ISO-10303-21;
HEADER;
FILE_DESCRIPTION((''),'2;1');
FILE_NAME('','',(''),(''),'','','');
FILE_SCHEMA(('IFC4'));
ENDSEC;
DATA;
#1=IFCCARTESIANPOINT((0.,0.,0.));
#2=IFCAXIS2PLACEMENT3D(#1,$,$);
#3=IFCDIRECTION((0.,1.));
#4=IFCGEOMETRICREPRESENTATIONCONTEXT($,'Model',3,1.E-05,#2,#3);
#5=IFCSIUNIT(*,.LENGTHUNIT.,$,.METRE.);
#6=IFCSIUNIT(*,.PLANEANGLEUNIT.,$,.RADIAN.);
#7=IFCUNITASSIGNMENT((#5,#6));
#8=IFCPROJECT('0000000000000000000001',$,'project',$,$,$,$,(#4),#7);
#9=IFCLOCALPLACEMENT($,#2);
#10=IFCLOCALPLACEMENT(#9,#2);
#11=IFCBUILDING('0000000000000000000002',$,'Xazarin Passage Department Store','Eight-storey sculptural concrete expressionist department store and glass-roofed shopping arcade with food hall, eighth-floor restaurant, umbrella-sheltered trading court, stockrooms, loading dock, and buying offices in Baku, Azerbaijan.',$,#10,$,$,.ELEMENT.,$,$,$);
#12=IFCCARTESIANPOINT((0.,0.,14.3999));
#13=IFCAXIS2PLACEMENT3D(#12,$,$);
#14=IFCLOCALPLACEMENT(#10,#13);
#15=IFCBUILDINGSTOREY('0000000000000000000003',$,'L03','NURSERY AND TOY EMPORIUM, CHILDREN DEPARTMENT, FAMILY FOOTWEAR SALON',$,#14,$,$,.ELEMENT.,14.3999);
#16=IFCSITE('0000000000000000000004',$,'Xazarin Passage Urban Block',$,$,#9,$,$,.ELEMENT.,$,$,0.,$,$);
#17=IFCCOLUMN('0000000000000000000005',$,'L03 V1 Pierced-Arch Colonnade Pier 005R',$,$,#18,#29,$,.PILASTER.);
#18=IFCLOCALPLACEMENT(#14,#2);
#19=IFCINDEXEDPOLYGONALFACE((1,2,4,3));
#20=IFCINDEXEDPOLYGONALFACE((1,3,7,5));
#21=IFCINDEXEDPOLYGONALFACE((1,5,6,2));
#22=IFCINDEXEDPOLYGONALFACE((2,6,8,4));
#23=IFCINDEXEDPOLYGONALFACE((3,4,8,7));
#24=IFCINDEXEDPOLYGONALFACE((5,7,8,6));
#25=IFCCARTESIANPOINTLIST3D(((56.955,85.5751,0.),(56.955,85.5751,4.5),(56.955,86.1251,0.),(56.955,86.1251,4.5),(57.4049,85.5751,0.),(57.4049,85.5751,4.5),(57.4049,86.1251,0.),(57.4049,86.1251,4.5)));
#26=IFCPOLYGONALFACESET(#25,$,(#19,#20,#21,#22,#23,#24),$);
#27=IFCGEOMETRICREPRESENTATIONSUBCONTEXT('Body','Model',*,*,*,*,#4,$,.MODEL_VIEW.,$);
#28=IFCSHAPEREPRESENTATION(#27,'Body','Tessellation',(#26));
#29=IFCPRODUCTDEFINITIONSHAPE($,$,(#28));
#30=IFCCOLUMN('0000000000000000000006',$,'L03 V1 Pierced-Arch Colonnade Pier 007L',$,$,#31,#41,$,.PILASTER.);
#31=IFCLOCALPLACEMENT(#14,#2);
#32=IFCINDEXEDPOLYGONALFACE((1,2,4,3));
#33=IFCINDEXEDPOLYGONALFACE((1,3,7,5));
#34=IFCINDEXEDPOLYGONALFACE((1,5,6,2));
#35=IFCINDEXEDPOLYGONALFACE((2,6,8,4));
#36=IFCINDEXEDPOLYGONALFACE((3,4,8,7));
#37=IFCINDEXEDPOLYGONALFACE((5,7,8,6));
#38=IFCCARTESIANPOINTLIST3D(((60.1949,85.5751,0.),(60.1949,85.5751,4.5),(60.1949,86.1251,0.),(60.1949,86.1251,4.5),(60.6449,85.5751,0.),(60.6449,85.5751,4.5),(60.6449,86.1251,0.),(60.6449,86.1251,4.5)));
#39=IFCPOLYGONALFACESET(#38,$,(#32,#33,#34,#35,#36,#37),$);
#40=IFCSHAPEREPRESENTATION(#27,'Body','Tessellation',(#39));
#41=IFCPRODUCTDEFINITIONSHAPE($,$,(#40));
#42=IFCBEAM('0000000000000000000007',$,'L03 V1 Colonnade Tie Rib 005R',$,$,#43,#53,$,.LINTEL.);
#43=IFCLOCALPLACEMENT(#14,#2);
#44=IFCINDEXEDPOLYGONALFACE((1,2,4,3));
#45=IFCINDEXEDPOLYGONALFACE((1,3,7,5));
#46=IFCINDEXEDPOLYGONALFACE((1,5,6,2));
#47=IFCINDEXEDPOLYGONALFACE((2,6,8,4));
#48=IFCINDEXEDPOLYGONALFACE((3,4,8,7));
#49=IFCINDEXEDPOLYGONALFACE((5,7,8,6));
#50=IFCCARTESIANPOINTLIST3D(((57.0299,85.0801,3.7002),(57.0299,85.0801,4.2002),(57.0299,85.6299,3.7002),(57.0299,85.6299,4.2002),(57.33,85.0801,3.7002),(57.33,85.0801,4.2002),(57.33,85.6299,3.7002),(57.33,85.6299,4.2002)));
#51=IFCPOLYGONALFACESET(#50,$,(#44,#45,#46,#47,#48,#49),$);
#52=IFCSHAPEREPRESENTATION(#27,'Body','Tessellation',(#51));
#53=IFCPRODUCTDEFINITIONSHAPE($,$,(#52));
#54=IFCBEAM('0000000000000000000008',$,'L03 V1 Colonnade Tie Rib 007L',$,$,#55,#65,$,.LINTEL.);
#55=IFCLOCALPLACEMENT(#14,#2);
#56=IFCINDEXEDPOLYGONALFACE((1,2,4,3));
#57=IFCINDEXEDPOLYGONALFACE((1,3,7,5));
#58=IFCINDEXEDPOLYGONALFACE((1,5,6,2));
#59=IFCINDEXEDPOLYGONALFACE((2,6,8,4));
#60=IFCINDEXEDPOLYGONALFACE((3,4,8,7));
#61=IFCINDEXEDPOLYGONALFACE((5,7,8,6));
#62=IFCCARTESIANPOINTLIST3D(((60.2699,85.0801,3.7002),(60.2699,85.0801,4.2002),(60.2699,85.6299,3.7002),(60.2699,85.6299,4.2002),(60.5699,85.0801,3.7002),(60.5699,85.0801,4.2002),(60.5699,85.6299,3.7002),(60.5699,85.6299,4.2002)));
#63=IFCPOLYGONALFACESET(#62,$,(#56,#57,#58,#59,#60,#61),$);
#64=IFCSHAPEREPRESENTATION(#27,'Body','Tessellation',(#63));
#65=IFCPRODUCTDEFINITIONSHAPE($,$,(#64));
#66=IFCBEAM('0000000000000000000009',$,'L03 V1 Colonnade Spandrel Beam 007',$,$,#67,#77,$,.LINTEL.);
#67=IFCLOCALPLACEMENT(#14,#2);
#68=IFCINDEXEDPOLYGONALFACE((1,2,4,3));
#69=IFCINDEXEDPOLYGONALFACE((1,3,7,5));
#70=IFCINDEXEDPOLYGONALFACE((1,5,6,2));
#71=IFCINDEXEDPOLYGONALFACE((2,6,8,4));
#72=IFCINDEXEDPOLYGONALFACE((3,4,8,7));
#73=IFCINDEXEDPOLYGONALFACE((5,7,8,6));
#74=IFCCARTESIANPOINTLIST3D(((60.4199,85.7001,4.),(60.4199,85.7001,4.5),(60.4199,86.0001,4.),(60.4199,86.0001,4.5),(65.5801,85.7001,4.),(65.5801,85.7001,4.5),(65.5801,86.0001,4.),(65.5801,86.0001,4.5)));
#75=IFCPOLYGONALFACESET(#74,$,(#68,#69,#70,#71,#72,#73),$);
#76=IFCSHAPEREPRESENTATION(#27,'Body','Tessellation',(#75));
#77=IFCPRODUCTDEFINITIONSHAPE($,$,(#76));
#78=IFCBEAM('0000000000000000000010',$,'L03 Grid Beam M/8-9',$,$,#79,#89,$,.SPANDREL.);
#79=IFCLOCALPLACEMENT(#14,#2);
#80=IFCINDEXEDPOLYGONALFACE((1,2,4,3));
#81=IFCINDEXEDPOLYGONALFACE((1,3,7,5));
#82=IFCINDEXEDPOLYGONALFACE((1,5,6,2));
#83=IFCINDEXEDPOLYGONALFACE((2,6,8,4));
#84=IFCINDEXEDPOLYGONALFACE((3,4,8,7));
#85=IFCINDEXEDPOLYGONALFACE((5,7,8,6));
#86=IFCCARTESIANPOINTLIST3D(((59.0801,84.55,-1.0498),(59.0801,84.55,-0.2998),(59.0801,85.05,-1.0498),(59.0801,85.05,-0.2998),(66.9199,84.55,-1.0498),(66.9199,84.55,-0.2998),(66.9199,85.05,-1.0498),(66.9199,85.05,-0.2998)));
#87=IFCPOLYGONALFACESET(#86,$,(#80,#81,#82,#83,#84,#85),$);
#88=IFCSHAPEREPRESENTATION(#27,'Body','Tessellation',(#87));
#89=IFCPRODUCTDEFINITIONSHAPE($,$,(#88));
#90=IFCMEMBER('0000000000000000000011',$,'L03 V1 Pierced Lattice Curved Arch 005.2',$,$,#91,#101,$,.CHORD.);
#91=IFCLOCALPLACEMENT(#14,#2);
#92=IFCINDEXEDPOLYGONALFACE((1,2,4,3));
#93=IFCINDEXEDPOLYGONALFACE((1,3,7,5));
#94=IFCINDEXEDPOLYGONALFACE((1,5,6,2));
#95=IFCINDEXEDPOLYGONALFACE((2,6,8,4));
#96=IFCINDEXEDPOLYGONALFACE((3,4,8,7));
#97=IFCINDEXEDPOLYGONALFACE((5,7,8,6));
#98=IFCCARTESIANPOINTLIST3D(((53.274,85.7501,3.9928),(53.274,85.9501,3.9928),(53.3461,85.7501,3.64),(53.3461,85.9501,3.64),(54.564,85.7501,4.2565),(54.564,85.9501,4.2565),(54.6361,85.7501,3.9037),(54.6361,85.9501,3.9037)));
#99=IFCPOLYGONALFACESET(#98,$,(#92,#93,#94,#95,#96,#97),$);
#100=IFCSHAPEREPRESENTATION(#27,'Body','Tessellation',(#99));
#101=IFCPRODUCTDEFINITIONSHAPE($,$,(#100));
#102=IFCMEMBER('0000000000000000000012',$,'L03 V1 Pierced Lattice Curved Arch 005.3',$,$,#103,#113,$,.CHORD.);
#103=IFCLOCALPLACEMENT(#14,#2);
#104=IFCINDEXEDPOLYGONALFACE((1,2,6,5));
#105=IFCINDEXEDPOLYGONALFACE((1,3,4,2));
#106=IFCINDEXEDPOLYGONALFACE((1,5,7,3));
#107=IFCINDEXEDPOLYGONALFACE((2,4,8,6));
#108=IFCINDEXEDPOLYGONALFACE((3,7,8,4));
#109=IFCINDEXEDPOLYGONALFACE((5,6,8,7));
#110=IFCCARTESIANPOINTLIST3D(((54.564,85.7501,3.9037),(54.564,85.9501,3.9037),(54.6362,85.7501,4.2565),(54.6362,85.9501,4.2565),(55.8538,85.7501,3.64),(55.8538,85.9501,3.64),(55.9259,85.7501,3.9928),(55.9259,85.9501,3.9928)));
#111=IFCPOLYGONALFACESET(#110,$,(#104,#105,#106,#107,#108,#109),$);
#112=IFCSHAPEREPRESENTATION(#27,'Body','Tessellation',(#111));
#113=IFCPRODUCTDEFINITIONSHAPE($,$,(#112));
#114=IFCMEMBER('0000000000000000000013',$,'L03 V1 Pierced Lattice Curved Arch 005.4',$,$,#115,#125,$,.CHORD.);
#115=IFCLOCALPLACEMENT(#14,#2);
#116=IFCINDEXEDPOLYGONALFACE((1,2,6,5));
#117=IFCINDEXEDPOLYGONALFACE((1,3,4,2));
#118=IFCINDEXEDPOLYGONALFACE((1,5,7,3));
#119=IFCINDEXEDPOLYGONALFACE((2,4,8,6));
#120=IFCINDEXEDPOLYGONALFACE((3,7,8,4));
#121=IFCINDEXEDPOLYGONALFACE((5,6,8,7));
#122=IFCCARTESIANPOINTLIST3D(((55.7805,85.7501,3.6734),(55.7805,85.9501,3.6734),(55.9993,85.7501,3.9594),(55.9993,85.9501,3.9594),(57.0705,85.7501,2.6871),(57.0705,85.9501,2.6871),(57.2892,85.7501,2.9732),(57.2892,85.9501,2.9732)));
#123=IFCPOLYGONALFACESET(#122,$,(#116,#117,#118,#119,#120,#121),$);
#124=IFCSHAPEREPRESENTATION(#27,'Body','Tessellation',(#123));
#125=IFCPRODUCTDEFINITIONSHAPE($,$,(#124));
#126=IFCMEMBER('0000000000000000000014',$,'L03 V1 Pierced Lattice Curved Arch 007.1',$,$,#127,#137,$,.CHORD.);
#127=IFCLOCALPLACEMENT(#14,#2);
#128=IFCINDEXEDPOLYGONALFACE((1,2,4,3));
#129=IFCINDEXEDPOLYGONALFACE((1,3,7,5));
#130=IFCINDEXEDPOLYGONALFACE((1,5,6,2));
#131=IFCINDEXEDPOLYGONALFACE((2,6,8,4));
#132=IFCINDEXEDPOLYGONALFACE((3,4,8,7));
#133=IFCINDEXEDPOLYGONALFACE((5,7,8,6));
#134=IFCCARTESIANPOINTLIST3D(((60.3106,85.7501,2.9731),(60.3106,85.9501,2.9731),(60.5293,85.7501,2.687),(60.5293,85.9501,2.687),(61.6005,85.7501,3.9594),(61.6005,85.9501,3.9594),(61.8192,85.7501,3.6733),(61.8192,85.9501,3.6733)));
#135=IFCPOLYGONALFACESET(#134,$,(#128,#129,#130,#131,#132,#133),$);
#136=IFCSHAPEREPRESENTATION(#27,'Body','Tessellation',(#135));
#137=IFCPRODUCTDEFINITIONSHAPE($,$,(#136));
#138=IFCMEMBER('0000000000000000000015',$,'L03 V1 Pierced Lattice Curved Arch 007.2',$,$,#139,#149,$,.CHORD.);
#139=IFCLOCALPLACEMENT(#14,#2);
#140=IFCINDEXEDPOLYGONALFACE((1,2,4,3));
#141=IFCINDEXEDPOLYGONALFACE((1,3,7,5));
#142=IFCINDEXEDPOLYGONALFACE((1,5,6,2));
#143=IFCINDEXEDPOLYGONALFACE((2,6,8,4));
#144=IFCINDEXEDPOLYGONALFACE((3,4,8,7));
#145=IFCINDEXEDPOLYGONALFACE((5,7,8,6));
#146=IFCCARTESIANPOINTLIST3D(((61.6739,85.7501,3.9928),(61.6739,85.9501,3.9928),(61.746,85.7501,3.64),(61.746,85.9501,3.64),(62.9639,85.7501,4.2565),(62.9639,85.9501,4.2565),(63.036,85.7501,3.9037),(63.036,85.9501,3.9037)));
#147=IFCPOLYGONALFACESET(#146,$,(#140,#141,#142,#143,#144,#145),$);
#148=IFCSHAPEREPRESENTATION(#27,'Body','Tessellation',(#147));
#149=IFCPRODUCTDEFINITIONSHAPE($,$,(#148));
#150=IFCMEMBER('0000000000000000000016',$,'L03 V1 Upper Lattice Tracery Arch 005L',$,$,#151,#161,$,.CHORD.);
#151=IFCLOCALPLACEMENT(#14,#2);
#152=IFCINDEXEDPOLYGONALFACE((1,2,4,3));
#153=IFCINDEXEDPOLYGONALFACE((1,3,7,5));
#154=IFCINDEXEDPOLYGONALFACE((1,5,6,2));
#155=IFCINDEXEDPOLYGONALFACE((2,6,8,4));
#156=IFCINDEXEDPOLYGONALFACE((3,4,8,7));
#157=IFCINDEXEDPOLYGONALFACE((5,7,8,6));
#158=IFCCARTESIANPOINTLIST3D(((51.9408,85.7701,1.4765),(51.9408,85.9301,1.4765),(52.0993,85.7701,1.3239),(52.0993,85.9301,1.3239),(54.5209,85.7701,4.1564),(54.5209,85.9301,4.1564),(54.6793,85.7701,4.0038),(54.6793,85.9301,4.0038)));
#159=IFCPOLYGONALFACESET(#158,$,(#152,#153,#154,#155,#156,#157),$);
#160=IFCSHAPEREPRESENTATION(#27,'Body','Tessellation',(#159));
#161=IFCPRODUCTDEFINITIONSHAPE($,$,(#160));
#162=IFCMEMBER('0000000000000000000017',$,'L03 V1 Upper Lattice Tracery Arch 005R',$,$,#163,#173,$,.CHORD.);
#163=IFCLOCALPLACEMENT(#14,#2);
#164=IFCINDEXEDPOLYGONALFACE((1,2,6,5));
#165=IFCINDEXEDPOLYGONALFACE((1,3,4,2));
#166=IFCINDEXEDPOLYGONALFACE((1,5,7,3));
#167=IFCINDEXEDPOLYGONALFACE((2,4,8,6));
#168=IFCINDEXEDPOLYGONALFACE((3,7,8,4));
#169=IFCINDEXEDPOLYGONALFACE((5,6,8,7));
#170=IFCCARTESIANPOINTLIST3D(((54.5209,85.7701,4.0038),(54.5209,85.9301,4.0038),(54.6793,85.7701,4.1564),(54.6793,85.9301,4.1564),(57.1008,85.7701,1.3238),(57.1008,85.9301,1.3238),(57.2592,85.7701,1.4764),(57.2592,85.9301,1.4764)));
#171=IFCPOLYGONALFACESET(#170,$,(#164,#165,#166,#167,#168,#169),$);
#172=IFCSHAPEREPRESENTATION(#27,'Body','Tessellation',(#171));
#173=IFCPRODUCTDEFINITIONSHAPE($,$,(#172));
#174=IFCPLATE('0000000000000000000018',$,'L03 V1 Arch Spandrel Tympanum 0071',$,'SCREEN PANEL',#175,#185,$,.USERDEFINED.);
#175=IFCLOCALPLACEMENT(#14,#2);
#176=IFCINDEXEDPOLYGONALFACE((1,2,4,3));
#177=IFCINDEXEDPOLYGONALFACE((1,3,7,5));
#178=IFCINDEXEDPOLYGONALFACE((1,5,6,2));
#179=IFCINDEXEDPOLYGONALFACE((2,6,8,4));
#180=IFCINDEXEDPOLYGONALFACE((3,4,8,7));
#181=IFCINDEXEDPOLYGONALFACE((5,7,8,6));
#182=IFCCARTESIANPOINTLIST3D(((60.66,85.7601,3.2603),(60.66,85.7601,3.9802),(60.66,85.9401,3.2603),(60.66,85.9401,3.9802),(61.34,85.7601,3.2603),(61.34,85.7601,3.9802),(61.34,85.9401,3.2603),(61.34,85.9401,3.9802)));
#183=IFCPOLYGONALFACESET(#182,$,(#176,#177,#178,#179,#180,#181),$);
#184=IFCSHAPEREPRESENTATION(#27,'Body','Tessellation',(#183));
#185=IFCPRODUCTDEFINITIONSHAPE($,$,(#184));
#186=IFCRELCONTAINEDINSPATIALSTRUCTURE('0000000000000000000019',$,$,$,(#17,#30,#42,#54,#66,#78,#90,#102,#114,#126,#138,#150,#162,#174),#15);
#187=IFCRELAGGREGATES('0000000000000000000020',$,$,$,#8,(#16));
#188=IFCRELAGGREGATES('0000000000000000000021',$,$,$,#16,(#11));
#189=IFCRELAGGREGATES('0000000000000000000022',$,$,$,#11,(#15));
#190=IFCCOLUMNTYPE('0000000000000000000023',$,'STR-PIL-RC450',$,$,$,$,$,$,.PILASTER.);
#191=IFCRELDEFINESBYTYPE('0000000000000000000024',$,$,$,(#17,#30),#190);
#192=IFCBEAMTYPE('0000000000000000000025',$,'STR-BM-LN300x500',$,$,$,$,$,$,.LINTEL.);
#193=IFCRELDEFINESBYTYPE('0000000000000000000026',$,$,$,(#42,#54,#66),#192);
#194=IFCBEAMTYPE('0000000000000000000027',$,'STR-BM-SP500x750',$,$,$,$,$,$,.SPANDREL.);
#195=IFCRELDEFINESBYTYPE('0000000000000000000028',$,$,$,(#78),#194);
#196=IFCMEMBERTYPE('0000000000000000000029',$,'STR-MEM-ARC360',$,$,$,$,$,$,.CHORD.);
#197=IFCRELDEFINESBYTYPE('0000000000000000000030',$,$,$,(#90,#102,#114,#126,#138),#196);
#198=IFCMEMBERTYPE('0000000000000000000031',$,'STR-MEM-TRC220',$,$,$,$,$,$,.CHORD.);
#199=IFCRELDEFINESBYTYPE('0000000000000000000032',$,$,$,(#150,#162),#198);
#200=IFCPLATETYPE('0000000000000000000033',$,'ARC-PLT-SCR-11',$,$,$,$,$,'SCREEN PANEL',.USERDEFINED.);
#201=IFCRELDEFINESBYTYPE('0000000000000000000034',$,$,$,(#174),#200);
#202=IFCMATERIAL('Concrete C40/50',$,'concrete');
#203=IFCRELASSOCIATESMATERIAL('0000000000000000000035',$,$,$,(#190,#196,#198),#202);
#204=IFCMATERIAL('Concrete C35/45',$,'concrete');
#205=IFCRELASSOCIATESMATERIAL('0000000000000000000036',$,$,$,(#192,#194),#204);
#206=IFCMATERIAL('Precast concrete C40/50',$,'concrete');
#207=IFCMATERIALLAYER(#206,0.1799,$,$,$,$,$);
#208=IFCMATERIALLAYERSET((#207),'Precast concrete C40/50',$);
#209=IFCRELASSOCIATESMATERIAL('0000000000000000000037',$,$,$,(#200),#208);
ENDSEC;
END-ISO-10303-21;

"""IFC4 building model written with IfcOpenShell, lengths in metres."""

from ifc_helpers import new_model, si_unit, direction, frame, origin, origin_2d, place, context, subcontext, project, spatial, rectangle, extrude, material, layer, layer_set, material_profile, profile_set, type_object, element, save


model = new_model("IFC4")

# Units and contexts
model_context = context("Model", 3, precision=1e-05, world=origin(), true_north=direction((0.0, 1.0)))
body_context = subcontext(model_context, "Body", "Model", "MODEL_VIEW")
ifc_project = project(units=[si_unit("LENGTHUNIT", "METRE"), si_unit("PLANEANGLEUNIT", "RADIAN")], contexts=[model_context])

# Site, building, storey
site_placement = place(None, origin())
site = spatial("IfcSite", under=ifc_project, at=site_placement, Name="Xazarin Passage Urban Block", CompositionType="ELEMENT", RefElevation=0.0)
building_placement = place(site_placement, origin())
building = spatial("IfcBuilding", under=site, at=building_placement, Name="Xazarin Passage Department Store", Description="Eight-storey sculptural concrete expressionist department store and glass-roofed shopping arcade with food hall, eighth-floor restaurant, umbrella-sheltered trading court, stockrooms, loading dock, and buying offices in Baku, Azerbaijan.", CompositionType="ELEMENT")
storey_placement = place(building_placement, frame((0.0, 0.0, 14.3999)))
storey = spatial("IfcBuildingStorey", under=building, at=storey_placement, Name="L03", Description="NURSERY AND TOY EMPORIUM, CHILDREN DEPARTMENT, FAMILY FOOTWEAR SALON", CompositionType="ELEMENT", Elevation=14.3999)

# Columns
ifc_material_1 = material(Name="Concrete C40/50", Category="concrete")
ifc_material_profile_1 = material_profile(ifc_material_1, rectangle(XDim=0.45, YDim=0.55, at=origin_2d()), Name="RC 450x550")
ifc_profile_set_1 = profile_set([ifc_material_profile_1], Name="Concrete C40/50")
column_type = type_object("IfcColumnType", Name="STR-PIL-RC450", PredefinedType="PILASTER", material=ifc_profile_set_1)
for number, where, z_axis, x_axis, name in (
    (1, (57.1799, 85.8501, 0.0), (0.0, 0.0, 1.0), (1.0, 0.0, 0.0), "L03 V1 Pierced-Arch Colonnade Pier 005R"),
    (2, (60.4199, 85.8501, 0.0), (0.0, 0.0, 1.0), (1.0, 0.0, 0.0), "L03 V1 Pierced-Arch Colonnade Pier 007L"),
):
    element("IfcColumn", number, at=place(storey_placement, frame(where, z_axis=z_axis, x_axis=x_axis)), inside=storey, type_object=column_type, Name=name, PredefinedType="PILASTER", context=body_context, shape_type="SweptSolid", body=[
        extrude(rectangle(XDim=0.45, YDim=0.55, at=origin_2d()), origin(), (0.0, 0.0, 1.0), 4.5),
    ])

# Beams
ifc_material_2 = material(Name="Concrete C35/45", Category="concrete")
ifc_material_profile_2 = material_profile(ifc_material_2, rectangle(XDim=0.3, YDim=0.5, at=origin_2d()), Name="RC 300x500")
ifc_profile_set_2 = profile_set([ifc_material_profile_2], Name="Concrete C35/45")
beam_type_1 = type_object("IfcBeamType", Name="STR-BM-LN300x500", PredefinedType="LINTEL", material=ifc_profile_set_2)
for number, where, z_axis, x_axis, name in (
    (3, (57.1799, 85.0801, 3.9502), (0.0, 1.0, 0.0), (-1.0, 0.0, 0.0), "L03 V1 Colonnade Tie Rib 005R"),
    (4, (60.4199, 85.0801, 3.9502), (0.0, 1.0, 0.0), (-1.0, 0.0, 0.0), "L03 V1 Colonnade Tie Rib 007L"),
):
    element("IfcBeam", number, at=place(storey_placement, frame(where, z_axis=z_axis, x_axis=x_axis)), inside=storey, type_object=beam_type_1, Name=name, PredefinedType="LINTEL", context=body_context, shape_type="SweptSolid", body=[
        extrude(rectangle(XDim=0.3, YDim=0.5, at=origin_2d()), origin(), (0.0, 0.0, 1.0), 0.5498),
    ])
beam_1_placement = place(storey_placement, frame((60.4199, 85.8501, 4.25), z_axis=(1.0, 0.0, 0.0), x_axis=(0.0, 1.0, 0.0)))
element("IfcBeam", 5, at=beam_1_placement, inside=storey, type_object=beam_type_1, Name="L03 V1 Colonnade Spandrel Beam 007", PredefinedType="LINTEL", context=body_context, shape_type="SweptSolid", body=[
    extrude(rectangle(XDim=0.3, YDim=0.5, at=origin_2d()), origin(), (0.0, 0.0, 1.0), 5.1602),
])
ifc_material_profile_3 = material_profile(ifc_material_2, rectangle(XDim=0.5, YDim=0.75, at=origin_2d()), Name="RC 500x750")
ifc_profile_set_3 = profile_set([ifc_material_profile_3], Name="Concrete C35/45")
beam_type_2 = type_object("IfcBeamType", Name="STR-BM-SP500x750", PredefinedType="SPANDREL", material=ifc_profile_set_3)
beam_2_placement = place(storey_placement, frame((59.0801, 84.8, -0.6748), z_axis=(1.0, 0.0, 0.0), x_axis=(0.0, 1.0, 0.0)))
element("IfcBeam", 6, at=beam_2_placement, inside=storey, type_object=beam_type_2, Name="L03 Grid Beam M/8-9", PredefinedType="SPANDREL", context=body_context, shape_type="SweptSolid", body=[
    extrude(rectangle(XDim=0.5, YDim=0.75, at=origin_2d()), origin(), (0.0, 0.0, 1.0), 7.8398),
])

# Members
ifc_material_profile_4 = material_profile(ifc_material_1, rectangle(XDim=0.2, YDim=0.3601, at=origin_2d()), Name="RC 200x360")
ifc_profile_set_4 = profile_set([ifc_material_profile_4], Name="Concrete C40/50")
member_type_1 = type_object("IfcMemberType", Name="STR-MEM-ARC360", PredefinedType="CHORD", material=ifc_profile_set_4)
member_1_placement = place(storey_placement, frame((53.3101, 85.8501, 3.8164), z_axis=(0.979745, 0.0, 0.200251), x_axis=(0.0, 1.0, 0.0)))
element("IfcMember", 7, at=member_1_placement, inside=storey, type_object=member_type_1, Name="L03 V1 Pierced Lattice Curved Arch 005.2", PredefinedType="CHORD", context=body_context, shape_type="SweptSolid", body=[
    extrude(rectangle(XDim=0.2, YDim=0.3601, at=origin_2d()), origin(), (0.0, 0.0, 1.0), 1.3167),
])
member_2_placement = place(storey_placement, frame((54.6001, 85.8501, 4.0801), z_axis=(0.979737, 0.0, -0.200287), x_axis=(0.0, 1.0, 0.0)))
element("IfcMember", 8, at=member_2_placement, inside=storey, type_object=member_type_1, Name="L03 V1 Pierced Lattice Curved Arch 005.3", PredefinedType="CHORD", context=body_context, shape_type="SweptSolid", body=[
    extrude(rectangle(XDim=0.2, YDim=0.3601, at=origin_2d()), origin(), (0.0, 0.0, 1.0), 1.3164),
])
for number, where, z_axis, x_axis, name in (
    (9, (55.8899, 85.8501, 3.8164), (0.794409, 0.0, -0.607383), (0.0, 1.0, 0.0), "L03 V1 Pierced Lattice Curved Arch 005.4"),
    (10, (60.4199, 85.8501, 2.8301), (0.794409, 0.0, 0.607383), (0.0, 1.0, 0.0), "L03 V1 Pierced Lattice Curved Arch 007.1"),
):
    element("IfcMember", number, at=place(storey_placement, frame(where, z_axis=z_axis, x_axis=x_axis)), inside=storey, type_object=member_type_1, Name=name, PredefinedType="CHORD", context=body_context, shape_type="SweptSolid", body=[
        extrude(rectangle(XDim=0.2, YDim=0.3601, at=origin_2d()), origin(), (0.0, 0.0, 1.0), 1.6238),
    ])
member_3_placement = place(storey_placement, frame((61.71, 85.8501, 3.8164), z_axis=(0.979745, 0.0, 0.200251), x_axis=(0.0, 1.0, 0.0)))
element("IfcMember", 11, at=member_3_placement, inside=storey, type_object=member_type_1, Name="L03 V1 Pierced Lattice Curved Arch 007.2", PredefinedType="CHORD", context=body_context, shape_type="SweptSolid", body=[
    extrude(rectangle(XDim=0.2, YDim=0.3601, at=origin_2d()), origin(), (0.0, 0.0, 1.0), 1.3167),
])
ifc_material_profile_5 = material_profile(ifc_material_1, rectangle(XDim=0.1599, YDim=0.22, at=origin_2d()), Name="RC 160x220")
ifc_profile_set_5 = profile_set([ifc_material_profile_5], Name="Concrete C40/50")
member_type_2 = type_object("IfcMemberType", Name="STR-MEM-TRC220", PredefinedType="CHORD", material=ifc_profile_set_5)
for number, where, z_axis, x_axis, name in (
    (12, (54.6001, 85.8501, 4.0801), (-0.693558, 0.0, -0.7204), (0.0, -1.0, 0.0), "L03 V1 Upper Lattice Tracery Arch 005L"),
    (13, (54.6001, 85.8501, 4.0801), (0.693524, 0.0, -0.720433), (0.0, 1.0, 0.0), "L03 V1 Upper Lattice Tracery Arch 005R"),
):
    element("IfcMember", number, at=place(storey_placement, frame(where, z_axis=z_axis, x_axis=x_axis)), inside=storey, type_object=member_type_2, Name=name, PredefinedType="CHORD", context=body_context, shape_type="SweptSolid", body=[
        extrude(rectangle(XDim=0.1599, YDim=0.22, at=origin_2d()), origin(), (0.0, 0.0, 1.0), 3.72),
    ])

# Plate
ifc_material_3 = material(Name="Precast concrete C40/50", Category="concrete")
ifc_layer_1 = layer(ifc_material_3, 0.1799)
ifc_layer_set_1 = layer_set([ifc_layer_1], Name="Precast concrete C40/50")
plate_type_1 = type_object("IfcPlateType", Name="ARC-PLT-SCR-11", ElementType="SCREEN PANEL", PredefinedType="USERDEFINED", material=ifc_layer_set_1)
plate_placement = place(storey_placement, frame((61.0, 85.8501, 3.2603), z_axis=(0.0, 0.0, 1.0), x_axis=(1.0, 0.0, 0.0)))
element("IfcPlate", 14, at=plate_placement, inside=storey, type_object=plate_type_1, Name="L03 V1 Arch Spandrel Tympanum 0071", ObjectType="SCREEN PANEL", PredefinedType="USERDEFINED", context=body_context, shape_type="SweptSolid", body=[
    extrude(rectangle(XDim=0.6799, YDim=0.1799, at=origin_2d()), origin(), (0.0, 0.0, 1.0), 0.72),
])

save(model, "model.ifc")
